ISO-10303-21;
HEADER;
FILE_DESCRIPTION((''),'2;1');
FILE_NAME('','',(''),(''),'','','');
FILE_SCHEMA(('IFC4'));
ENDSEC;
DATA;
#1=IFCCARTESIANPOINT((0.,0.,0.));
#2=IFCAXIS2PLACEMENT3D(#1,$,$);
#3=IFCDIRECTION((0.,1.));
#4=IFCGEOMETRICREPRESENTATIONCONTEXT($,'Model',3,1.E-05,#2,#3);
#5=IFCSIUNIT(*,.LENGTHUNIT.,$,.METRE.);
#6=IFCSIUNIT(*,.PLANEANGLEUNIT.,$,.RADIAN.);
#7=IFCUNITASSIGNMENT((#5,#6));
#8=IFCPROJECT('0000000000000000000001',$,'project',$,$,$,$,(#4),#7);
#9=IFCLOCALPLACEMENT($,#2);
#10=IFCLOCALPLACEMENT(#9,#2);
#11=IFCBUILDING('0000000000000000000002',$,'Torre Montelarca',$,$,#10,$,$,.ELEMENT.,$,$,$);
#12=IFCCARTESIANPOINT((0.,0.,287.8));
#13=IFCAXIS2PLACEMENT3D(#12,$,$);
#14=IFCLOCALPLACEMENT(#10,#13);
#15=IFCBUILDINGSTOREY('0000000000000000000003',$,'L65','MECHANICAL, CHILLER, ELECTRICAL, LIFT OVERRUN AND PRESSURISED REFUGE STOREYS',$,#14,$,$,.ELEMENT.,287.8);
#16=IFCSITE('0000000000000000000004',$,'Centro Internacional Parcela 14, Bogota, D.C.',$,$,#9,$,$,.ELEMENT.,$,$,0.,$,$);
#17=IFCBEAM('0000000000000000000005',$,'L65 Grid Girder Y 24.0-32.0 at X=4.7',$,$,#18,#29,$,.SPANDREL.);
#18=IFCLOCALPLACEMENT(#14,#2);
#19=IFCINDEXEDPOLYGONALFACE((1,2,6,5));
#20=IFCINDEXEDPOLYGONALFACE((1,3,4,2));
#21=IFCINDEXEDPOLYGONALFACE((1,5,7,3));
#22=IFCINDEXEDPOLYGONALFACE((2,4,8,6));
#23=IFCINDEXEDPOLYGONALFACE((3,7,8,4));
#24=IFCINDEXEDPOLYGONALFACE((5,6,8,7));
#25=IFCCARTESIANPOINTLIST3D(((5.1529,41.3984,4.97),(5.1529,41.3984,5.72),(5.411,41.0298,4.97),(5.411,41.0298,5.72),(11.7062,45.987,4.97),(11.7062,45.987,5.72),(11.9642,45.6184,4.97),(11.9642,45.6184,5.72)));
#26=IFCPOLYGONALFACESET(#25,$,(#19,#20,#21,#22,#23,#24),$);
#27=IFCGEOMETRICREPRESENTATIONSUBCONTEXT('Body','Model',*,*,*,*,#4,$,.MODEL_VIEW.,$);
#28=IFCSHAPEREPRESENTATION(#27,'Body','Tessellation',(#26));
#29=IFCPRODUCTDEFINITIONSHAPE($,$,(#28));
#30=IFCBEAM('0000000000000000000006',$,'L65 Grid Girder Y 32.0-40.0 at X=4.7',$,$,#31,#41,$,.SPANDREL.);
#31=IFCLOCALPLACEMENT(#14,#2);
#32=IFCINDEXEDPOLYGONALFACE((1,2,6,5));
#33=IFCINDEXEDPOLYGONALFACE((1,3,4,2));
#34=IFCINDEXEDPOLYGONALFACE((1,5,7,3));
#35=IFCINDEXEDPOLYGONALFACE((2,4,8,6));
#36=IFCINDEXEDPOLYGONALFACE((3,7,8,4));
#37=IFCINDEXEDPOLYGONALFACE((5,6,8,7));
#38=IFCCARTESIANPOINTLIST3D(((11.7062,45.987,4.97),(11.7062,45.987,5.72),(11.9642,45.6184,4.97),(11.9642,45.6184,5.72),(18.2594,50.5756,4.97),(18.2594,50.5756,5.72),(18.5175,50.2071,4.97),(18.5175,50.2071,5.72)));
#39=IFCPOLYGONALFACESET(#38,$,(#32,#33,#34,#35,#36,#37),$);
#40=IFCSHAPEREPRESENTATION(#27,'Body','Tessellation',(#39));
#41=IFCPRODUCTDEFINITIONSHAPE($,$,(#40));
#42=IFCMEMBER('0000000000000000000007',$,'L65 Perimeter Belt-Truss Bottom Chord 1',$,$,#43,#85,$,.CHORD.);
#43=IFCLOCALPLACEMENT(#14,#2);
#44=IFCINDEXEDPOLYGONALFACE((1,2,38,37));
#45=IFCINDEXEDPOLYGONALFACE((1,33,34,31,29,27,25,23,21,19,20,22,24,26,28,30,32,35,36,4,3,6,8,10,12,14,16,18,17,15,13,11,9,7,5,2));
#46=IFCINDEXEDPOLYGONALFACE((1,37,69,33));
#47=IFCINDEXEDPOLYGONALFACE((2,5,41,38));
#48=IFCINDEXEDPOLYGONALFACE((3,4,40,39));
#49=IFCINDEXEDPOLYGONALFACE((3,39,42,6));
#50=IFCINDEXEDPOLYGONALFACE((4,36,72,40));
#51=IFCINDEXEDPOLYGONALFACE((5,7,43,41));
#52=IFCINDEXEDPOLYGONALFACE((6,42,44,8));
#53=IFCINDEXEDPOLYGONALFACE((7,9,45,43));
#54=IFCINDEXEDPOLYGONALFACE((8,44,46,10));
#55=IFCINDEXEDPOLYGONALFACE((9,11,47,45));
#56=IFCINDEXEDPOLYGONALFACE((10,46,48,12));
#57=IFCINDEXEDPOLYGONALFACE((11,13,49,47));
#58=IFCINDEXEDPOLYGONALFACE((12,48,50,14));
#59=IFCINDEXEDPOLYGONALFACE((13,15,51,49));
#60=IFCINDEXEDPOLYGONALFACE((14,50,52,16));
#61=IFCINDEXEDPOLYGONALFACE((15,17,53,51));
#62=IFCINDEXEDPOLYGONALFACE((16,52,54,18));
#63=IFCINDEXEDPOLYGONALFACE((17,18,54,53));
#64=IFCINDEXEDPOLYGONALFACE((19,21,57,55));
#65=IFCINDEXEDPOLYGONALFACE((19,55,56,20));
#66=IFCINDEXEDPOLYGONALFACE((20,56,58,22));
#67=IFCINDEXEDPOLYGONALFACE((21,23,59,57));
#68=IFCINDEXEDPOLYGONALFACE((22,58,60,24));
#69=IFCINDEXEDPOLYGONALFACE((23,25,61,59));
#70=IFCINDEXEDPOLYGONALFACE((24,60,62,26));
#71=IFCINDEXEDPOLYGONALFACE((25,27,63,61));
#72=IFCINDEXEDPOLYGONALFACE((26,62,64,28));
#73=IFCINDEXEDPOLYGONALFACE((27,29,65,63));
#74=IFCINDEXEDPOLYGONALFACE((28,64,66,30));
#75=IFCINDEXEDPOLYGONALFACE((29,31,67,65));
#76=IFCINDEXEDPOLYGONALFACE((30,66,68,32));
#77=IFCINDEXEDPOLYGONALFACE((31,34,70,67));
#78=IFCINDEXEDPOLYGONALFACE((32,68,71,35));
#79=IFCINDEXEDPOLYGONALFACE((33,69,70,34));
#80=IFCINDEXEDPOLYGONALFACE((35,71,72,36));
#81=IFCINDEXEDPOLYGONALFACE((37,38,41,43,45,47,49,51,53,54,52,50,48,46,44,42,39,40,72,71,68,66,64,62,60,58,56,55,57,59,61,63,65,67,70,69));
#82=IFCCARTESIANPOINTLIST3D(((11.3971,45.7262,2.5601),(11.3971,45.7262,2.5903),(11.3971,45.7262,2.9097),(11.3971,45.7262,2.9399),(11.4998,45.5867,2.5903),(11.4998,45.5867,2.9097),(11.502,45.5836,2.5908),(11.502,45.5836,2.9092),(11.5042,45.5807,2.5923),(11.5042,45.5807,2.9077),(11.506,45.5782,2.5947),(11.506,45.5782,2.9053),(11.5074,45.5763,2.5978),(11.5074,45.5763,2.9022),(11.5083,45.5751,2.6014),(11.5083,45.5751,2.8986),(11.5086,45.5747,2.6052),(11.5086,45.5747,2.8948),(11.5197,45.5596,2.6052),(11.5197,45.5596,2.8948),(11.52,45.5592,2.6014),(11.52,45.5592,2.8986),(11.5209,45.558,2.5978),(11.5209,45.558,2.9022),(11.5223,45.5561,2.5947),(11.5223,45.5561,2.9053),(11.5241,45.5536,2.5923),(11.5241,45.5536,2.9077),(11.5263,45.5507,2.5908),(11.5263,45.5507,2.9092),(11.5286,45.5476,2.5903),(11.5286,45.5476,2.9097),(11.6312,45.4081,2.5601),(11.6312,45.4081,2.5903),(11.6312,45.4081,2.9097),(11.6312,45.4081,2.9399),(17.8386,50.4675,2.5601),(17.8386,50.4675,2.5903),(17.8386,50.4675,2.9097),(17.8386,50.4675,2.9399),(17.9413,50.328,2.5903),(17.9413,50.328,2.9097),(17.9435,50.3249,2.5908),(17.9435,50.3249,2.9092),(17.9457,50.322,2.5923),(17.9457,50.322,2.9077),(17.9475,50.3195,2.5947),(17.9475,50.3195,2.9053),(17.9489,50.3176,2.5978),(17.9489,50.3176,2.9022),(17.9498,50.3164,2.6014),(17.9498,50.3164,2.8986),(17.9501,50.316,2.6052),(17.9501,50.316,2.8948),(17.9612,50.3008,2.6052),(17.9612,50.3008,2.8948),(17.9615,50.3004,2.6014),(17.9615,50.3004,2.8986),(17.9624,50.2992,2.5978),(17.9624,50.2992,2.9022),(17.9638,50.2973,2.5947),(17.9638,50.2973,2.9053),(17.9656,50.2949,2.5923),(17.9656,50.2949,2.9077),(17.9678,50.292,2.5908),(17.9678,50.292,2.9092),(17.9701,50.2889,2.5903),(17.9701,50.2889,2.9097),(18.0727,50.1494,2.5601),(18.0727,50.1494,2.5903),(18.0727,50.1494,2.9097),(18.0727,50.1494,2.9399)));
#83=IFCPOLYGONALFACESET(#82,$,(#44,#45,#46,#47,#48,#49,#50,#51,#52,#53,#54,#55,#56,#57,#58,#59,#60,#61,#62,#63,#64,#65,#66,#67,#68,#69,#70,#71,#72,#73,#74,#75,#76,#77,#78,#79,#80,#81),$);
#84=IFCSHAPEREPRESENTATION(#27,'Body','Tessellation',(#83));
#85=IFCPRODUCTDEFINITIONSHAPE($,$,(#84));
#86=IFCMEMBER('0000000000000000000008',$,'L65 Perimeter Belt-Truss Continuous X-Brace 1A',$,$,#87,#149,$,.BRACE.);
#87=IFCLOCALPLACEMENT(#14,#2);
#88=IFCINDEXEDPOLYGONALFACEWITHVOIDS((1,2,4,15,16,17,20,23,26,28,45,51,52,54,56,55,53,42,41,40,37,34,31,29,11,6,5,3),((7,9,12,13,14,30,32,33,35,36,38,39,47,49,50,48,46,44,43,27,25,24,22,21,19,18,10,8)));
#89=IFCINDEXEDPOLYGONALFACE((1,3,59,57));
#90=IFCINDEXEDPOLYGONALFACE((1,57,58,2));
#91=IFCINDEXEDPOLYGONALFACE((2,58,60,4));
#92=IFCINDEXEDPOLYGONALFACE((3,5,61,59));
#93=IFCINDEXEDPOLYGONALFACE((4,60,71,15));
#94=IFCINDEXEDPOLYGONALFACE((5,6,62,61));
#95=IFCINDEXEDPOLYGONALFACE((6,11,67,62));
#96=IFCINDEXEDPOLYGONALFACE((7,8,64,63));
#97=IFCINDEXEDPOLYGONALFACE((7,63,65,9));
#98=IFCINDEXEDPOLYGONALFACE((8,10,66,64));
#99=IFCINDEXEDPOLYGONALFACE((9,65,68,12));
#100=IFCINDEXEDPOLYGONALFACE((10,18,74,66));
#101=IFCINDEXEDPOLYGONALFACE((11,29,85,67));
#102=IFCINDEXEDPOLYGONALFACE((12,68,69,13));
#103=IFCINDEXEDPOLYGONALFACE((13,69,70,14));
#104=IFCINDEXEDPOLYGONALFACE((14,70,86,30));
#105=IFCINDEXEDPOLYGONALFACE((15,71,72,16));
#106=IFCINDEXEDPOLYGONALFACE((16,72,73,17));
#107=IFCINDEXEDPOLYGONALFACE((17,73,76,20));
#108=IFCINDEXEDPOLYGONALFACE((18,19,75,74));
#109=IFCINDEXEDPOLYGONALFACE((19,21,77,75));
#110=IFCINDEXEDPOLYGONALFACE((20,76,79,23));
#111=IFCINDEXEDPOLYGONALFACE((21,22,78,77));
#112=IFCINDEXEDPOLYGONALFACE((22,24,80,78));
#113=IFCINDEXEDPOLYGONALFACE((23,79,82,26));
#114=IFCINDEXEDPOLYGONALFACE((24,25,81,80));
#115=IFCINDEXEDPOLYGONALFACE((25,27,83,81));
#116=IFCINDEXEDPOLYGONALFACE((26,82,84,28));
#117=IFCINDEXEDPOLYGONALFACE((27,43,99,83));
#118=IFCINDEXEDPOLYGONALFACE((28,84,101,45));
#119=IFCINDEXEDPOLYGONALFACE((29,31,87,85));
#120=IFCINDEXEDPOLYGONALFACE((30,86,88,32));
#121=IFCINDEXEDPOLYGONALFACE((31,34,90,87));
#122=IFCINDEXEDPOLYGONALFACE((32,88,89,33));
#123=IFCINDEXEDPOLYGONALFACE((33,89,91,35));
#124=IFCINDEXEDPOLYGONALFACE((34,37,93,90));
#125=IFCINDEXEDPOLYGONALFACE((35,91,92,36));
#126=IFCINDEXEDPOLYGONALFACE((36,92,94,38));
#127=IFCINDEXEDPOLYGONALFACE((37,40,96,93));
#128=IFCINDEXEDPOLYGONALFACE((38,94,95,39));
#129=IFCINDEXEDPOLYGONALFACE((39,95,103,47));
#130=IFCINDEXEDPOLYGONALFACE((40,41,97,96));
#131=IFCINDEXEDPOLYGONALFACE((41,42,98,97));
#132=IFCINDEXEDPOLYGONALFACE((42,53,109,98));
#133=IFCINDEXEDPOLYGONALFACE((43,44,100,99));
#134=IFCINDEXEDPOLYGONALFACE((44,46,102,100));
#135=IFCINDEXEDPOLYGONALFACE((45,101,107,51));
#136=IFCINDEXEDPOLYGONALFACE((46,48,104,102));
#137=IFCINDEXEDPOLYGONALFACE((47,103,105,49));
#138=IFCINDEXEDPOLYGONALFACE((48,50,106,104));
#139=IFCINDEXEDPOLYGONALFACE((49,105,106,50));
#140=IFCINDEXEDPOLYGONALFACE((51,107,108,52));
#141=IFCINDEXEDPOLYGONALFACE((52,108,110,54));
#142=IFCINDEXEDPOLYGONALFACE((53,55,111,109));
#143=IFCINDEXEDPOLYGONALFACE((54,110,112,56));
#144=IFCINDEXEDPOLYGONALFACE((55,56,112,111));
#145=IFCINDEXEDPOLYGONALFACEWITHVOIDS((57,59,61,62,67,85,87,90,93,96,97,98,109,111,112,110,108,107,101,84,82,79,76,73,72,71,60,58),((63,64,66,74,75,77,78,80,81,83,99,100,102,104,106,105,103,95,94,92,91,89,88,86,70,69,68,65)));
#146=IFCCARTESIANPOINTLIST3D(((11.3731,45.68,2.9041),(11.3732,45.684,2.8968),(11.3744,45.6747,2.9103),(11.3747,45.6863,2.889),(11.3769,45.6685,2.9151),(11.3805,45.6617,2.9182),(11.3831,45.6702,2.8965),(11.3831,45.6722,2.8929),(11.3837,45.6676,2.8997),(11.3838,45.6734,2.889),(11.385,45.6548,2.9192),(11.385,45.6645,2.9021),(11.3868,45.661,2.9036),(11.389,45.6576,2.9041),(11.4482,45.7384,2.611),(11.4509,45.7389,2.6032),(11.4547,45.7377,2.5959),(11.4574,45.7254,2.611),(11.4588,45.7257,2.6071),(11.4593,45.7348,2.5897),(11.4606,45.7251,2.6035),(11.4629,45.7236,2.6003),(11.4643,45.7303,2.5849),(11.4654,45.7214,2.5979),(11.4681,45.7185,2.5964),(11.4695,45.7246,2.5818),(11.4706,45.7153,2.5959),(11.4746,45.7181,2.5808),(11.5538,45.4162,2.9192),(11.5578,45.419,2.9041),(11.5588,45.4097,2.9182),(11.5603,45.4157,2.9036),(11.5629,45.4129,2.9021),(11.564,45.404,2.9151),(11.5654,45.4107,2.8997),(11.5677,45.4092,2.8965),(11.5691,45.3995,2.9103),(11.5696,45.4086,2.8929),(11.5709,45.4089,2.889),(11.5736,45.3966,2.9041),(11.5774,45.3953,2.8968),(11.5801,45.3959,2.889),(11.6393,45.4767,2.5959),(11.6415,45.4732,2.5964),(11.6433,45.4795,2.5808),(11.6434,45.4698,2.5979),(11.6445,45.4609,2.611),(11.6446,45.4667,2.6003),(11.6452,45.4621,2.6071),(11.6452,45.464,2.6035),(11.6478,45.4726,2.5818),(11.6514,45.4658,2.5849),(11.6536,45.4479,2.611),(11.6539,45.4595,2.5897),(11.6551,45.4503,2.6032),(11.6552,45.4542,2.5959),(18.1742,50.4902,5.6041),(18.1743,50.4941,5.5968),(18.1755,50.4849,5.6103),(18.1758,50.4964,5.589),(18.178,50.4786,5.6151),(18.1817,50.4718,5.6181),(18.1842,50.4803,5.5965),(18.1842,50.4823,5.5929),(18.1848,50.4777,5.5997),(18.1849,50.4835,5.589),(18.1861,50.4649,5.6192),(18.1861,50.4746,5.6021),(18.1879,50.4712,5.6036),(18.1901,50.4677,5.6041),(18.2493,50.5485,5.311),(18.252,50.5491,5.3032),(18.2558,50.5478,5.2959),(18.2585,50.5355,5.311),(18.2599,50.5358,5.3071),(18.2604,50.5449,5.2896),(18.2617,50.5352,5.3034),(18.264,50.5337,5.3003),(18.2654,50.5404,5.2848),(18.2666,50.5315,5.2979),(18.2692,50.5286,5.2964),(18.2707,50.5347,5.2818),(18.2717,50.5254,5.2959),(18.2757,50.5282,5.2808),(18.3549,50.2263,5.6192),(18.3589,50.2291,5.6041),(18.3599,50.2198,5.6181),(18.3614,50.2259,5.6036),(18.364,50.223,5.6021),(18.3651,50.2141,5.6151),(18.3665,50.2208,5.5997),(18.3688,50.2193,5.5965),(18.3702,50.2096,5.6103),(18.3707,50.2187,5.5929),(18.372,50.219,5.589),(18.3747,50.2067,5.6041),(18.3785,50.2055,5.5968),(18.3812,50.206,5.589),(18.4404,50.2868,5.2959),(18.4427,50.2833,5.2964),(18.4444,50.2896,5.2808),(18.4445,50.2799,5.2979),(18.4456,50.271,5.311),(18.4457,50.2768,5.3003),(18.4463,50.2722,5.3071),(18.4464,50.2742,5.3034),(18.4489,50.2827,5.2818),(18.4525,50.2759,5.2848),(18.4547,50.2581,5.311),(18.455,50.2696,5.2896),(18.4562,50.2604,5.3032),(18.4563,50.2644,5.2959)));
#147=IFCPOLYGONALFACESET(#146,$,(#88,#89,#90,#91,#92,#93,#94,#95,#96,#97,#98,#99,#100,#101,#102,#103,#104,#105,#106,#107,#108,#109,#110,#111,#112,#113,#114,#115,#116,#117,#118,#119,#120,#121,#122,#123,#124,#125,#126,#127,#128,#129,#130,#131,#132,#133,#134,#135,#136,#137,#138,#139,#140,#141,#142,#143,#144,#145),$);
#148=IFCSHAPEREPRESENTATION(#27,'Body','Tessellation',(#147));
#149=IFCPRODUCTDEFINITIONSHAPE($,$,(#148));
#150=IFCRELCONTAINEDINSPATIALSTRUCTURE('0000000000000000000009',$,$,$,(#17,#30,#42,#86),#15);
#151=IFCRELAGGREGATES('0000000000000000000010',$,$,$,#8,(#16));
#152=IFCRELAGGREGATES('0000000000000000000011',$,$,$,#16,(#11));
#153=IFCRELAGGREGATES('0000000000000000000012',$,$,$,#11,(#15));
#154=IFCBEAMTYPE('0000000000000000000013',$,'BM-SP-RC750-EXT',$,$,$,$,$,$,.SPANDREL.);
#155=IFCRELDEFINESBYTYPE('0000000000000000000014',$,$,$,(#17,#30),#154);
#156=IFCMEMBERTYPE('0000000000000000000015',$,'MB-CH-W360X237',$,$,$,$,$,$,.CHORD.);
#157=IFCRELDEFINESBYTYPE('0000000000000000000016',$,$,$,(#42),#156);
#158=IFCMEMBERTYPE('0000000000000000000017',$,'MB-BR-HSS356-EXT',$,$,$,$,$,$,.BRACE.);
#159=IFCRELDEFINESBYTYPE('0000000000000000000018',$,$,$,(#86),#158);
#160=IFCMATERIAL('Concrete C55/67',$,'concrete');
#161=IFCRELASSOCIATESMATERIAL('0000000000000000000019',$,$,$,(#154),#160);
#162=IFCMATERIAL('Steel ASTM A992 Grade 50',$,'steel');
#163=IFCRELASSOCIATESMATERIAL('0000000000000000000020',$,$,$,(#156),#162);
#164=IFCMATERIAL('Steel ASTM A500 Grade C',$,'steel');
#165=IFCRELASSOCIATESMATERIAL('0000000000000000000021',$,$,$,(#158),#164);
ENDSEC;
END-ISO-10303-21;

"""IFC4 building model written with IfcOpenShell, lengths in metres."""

from ifc_helpers import new_model, si_unit, direction, frame, origin, origin_2d, place, context, subcontext, project, spatial, rectangle, hollow_rectangle, i_section, extrude, source, transform, mapped, material, material_profile, profile_set, type_object, element, save


model = new_model("IFC4")

# Units and contexts
model_context = context("Model", 3, precision=1e-05, world=origin(), true_north=direction((0.0, 1.0)))
body_context = subcontext(model_context, "Body", "Model", "MODEL_VIEW")
ifc_project = project(units=[si_unit("LENGTHUNIT", "METRE"), si_unit("PLANEANGLEUNIT", "RADIAN")], contexts=[model_context])

# Site, building, storey
site_placement = place(None, origin())
site = spatial("IfcSite", under=ifc_project, at=site_placement, Name="Centro Internacional Parcela 14, Bogota, D.C.", CompositionType="ELEMENT", RefElevation=0.0)
building_placement = place(site_placement, origin())
building = spatial("IfcBuilding", under=site, at=building_placement, Name="Torre Montelarca", CompositionType="ELEMENT")
storey_placement = place(building_placement, frame((0.0, 0.0, 287.8)))
storey = spatial("IfcBuildingStorey", under=building, at=storey_placement, Name="L65", Description="MECHANICAL, CHILLER, ELECTRICAL, LIFT OVERRUN AND PRESSURISED REFUGE STOREYS", CompositionType="ELEMENT", Elevation=287.8)

# Shared definitions
ifc_material_1 = material(Name="Concrete C55/67", Category="concrete")

# Shared definitions
ifc_material_2 = material(Name="Steel ASTM A500 Grade C", Category="steel")

# Beams
ifc_material_profile_1 = material_profile(ifc_material_1, rectangle(XDim=0.45, YDim=0.75, at=origin_2d()), Name="RCB450X750", Category="concrete")
ifc_profile_set_1 = profile_set([ifc_material_profile_1], Name="Concrete C55/67")
beam_type = type_object("IfcBeamType", Name="BM-SP-RC750-EXT", PredefinedType="SPANDREL", material=ifc_profile_set_1)
shared_shape_1 = source(origin(), body_context, "Body", "SweptSolid", [
    extrude(rectangle(XDim=0.45, YDim=0.75, at=origin_2d()), origin(), (0.0, 0.0, 1.0), 8.0),
])
for number, where, z_axis, x_axis, name in (
    (1, (5.282, 41.2141, 5.345), (0.819152, 0.573577, 0.0), (-0.573577, 0.819152, 0.0), "L65 Grid Girder Y 24.0-32.0 at X=4.7"),
    (2, (11.8352, 45.8027, 5.345), (0.819152, 0.573577, 0.0), (-0.573577, 0.819152, 0.0), "L65 Grid Girder Y 32.0-40.0 at X=4.7"),
):
    element("IfcBeam", number, at=place(storey_placement, frame(where, z_axis=z_axis, x_axis=x_axis)), inside=storey, type_object=beam_type, Name=name, PredefinedType="SPANDREL", context=body_context, shape_type="MappedRepresentation", body=[
        mapped(shared_shape_1, transform((0.0, 0.0, 0.0), scale=1.0)),
    ])

# Members
ifc_material_3 = material(Name="Steel ASTM A992 Grade 50", Category="steel")
ifc_material_profile_2 = material_profile(ifc_material_3, i_section(OverallWidth=0.395, OverallDepth=0.3799, WebThickness=0.0188, FlangeThickness=0.0303, FilletRadius=0.0149, at=origin_2d()), Name="W360X237", Category="steel")
ifc_profile_set_2 = profile_set([ifc_material_profile_2], Name="Steel ASTM A992 Grade 50")
member_type_1 = type_object("IfcMemberType", Name="MB-CH-W360X237", PredefinedType="CHORD", material=ifc_profile_set_2)
shared_shape_2 = source(origin(), body_context, "Body", "SweptSolid", [
    extrude(i_section(OverallWidth=0.395, OverallDepth=0.3799, WebThickness=0.0188, FlangeThickness=0.0303, FilletRadius=0.0149, at=origin_2d()), origin(), (0.0, 0.0, 1.0), 7.9983),
])
member_1_placement = place(storey_placement, frame((11.5142, 45.5671, 2.75), z_axis=(0.80536, 0.592787, 0.0), x_axis=(-0.592787, 0.80536, 0.0)))
element("IfcMember", 3, at=member_1_placement, inside=storey, type_object=member_type_1, Name="L65 Perimeter Belt-Truss Bottom Chord 1", PredefinedType="CHORD", context=body_context, shape_type="MappedRepresentation", body=[
    mapped(shared_shape_2, transform((0.0, 0.0, 0.0), scale=1.0)),
])
ifc_material_profile_3 = material_profile(ifc_material_2, hollow_rectangle(XDim=0.3557, YDim=0.3557, WallThickness=0.0159, InnerFilletRadius=0.0159, OuterFilletRadius=0.0317, at=origin_2d()), Name="HSS356X356X15.9", Category="steel")
ifc_profile_set_3 = profile_set([ifc_material_profile_3], Name="Steel ASTM A500 Grade C")
member_type_2 = type_object("IfcMemberType", Name="MB-BR-HSS356-EXT", PredefinedType="BRACE", material=ifc_profile_set_3)
shared_shape_3 = source(origin(), body_context, "Body", "SweptSolid", [
    extrude(hollow_rectangle(XDim=0.3557, YDim=0.3557, WallThickness=0.0159, InnerFilletRadius=0.0159, OuterFilletRadius=0.0317, at=origin_2d()), origin(), (0.0, 0.0, 1.0), 8.7568),
])
member_2_placement = place(storey_placement, frame((11.5142, 45.5671, 2.75), z_axis=(0.776663, 0.549298, 0.308329), x_axis=(-0.577431, 0.81644, 0.0)))
element("IfcMember", 4, at=member_2_placement, inside=storey, type_object=member_type_2, Name="L65 Perimeter Belt-Truss Continuous X-Brace 1A", PredefinedType="BRACE", context=body_context, shape_type="MappedRepresentation", body=[
    mapped(shared_shape_3, transform((0.0, 0.0, 0.0), scale=1.0)),
])

save(model, "model.ifc")
